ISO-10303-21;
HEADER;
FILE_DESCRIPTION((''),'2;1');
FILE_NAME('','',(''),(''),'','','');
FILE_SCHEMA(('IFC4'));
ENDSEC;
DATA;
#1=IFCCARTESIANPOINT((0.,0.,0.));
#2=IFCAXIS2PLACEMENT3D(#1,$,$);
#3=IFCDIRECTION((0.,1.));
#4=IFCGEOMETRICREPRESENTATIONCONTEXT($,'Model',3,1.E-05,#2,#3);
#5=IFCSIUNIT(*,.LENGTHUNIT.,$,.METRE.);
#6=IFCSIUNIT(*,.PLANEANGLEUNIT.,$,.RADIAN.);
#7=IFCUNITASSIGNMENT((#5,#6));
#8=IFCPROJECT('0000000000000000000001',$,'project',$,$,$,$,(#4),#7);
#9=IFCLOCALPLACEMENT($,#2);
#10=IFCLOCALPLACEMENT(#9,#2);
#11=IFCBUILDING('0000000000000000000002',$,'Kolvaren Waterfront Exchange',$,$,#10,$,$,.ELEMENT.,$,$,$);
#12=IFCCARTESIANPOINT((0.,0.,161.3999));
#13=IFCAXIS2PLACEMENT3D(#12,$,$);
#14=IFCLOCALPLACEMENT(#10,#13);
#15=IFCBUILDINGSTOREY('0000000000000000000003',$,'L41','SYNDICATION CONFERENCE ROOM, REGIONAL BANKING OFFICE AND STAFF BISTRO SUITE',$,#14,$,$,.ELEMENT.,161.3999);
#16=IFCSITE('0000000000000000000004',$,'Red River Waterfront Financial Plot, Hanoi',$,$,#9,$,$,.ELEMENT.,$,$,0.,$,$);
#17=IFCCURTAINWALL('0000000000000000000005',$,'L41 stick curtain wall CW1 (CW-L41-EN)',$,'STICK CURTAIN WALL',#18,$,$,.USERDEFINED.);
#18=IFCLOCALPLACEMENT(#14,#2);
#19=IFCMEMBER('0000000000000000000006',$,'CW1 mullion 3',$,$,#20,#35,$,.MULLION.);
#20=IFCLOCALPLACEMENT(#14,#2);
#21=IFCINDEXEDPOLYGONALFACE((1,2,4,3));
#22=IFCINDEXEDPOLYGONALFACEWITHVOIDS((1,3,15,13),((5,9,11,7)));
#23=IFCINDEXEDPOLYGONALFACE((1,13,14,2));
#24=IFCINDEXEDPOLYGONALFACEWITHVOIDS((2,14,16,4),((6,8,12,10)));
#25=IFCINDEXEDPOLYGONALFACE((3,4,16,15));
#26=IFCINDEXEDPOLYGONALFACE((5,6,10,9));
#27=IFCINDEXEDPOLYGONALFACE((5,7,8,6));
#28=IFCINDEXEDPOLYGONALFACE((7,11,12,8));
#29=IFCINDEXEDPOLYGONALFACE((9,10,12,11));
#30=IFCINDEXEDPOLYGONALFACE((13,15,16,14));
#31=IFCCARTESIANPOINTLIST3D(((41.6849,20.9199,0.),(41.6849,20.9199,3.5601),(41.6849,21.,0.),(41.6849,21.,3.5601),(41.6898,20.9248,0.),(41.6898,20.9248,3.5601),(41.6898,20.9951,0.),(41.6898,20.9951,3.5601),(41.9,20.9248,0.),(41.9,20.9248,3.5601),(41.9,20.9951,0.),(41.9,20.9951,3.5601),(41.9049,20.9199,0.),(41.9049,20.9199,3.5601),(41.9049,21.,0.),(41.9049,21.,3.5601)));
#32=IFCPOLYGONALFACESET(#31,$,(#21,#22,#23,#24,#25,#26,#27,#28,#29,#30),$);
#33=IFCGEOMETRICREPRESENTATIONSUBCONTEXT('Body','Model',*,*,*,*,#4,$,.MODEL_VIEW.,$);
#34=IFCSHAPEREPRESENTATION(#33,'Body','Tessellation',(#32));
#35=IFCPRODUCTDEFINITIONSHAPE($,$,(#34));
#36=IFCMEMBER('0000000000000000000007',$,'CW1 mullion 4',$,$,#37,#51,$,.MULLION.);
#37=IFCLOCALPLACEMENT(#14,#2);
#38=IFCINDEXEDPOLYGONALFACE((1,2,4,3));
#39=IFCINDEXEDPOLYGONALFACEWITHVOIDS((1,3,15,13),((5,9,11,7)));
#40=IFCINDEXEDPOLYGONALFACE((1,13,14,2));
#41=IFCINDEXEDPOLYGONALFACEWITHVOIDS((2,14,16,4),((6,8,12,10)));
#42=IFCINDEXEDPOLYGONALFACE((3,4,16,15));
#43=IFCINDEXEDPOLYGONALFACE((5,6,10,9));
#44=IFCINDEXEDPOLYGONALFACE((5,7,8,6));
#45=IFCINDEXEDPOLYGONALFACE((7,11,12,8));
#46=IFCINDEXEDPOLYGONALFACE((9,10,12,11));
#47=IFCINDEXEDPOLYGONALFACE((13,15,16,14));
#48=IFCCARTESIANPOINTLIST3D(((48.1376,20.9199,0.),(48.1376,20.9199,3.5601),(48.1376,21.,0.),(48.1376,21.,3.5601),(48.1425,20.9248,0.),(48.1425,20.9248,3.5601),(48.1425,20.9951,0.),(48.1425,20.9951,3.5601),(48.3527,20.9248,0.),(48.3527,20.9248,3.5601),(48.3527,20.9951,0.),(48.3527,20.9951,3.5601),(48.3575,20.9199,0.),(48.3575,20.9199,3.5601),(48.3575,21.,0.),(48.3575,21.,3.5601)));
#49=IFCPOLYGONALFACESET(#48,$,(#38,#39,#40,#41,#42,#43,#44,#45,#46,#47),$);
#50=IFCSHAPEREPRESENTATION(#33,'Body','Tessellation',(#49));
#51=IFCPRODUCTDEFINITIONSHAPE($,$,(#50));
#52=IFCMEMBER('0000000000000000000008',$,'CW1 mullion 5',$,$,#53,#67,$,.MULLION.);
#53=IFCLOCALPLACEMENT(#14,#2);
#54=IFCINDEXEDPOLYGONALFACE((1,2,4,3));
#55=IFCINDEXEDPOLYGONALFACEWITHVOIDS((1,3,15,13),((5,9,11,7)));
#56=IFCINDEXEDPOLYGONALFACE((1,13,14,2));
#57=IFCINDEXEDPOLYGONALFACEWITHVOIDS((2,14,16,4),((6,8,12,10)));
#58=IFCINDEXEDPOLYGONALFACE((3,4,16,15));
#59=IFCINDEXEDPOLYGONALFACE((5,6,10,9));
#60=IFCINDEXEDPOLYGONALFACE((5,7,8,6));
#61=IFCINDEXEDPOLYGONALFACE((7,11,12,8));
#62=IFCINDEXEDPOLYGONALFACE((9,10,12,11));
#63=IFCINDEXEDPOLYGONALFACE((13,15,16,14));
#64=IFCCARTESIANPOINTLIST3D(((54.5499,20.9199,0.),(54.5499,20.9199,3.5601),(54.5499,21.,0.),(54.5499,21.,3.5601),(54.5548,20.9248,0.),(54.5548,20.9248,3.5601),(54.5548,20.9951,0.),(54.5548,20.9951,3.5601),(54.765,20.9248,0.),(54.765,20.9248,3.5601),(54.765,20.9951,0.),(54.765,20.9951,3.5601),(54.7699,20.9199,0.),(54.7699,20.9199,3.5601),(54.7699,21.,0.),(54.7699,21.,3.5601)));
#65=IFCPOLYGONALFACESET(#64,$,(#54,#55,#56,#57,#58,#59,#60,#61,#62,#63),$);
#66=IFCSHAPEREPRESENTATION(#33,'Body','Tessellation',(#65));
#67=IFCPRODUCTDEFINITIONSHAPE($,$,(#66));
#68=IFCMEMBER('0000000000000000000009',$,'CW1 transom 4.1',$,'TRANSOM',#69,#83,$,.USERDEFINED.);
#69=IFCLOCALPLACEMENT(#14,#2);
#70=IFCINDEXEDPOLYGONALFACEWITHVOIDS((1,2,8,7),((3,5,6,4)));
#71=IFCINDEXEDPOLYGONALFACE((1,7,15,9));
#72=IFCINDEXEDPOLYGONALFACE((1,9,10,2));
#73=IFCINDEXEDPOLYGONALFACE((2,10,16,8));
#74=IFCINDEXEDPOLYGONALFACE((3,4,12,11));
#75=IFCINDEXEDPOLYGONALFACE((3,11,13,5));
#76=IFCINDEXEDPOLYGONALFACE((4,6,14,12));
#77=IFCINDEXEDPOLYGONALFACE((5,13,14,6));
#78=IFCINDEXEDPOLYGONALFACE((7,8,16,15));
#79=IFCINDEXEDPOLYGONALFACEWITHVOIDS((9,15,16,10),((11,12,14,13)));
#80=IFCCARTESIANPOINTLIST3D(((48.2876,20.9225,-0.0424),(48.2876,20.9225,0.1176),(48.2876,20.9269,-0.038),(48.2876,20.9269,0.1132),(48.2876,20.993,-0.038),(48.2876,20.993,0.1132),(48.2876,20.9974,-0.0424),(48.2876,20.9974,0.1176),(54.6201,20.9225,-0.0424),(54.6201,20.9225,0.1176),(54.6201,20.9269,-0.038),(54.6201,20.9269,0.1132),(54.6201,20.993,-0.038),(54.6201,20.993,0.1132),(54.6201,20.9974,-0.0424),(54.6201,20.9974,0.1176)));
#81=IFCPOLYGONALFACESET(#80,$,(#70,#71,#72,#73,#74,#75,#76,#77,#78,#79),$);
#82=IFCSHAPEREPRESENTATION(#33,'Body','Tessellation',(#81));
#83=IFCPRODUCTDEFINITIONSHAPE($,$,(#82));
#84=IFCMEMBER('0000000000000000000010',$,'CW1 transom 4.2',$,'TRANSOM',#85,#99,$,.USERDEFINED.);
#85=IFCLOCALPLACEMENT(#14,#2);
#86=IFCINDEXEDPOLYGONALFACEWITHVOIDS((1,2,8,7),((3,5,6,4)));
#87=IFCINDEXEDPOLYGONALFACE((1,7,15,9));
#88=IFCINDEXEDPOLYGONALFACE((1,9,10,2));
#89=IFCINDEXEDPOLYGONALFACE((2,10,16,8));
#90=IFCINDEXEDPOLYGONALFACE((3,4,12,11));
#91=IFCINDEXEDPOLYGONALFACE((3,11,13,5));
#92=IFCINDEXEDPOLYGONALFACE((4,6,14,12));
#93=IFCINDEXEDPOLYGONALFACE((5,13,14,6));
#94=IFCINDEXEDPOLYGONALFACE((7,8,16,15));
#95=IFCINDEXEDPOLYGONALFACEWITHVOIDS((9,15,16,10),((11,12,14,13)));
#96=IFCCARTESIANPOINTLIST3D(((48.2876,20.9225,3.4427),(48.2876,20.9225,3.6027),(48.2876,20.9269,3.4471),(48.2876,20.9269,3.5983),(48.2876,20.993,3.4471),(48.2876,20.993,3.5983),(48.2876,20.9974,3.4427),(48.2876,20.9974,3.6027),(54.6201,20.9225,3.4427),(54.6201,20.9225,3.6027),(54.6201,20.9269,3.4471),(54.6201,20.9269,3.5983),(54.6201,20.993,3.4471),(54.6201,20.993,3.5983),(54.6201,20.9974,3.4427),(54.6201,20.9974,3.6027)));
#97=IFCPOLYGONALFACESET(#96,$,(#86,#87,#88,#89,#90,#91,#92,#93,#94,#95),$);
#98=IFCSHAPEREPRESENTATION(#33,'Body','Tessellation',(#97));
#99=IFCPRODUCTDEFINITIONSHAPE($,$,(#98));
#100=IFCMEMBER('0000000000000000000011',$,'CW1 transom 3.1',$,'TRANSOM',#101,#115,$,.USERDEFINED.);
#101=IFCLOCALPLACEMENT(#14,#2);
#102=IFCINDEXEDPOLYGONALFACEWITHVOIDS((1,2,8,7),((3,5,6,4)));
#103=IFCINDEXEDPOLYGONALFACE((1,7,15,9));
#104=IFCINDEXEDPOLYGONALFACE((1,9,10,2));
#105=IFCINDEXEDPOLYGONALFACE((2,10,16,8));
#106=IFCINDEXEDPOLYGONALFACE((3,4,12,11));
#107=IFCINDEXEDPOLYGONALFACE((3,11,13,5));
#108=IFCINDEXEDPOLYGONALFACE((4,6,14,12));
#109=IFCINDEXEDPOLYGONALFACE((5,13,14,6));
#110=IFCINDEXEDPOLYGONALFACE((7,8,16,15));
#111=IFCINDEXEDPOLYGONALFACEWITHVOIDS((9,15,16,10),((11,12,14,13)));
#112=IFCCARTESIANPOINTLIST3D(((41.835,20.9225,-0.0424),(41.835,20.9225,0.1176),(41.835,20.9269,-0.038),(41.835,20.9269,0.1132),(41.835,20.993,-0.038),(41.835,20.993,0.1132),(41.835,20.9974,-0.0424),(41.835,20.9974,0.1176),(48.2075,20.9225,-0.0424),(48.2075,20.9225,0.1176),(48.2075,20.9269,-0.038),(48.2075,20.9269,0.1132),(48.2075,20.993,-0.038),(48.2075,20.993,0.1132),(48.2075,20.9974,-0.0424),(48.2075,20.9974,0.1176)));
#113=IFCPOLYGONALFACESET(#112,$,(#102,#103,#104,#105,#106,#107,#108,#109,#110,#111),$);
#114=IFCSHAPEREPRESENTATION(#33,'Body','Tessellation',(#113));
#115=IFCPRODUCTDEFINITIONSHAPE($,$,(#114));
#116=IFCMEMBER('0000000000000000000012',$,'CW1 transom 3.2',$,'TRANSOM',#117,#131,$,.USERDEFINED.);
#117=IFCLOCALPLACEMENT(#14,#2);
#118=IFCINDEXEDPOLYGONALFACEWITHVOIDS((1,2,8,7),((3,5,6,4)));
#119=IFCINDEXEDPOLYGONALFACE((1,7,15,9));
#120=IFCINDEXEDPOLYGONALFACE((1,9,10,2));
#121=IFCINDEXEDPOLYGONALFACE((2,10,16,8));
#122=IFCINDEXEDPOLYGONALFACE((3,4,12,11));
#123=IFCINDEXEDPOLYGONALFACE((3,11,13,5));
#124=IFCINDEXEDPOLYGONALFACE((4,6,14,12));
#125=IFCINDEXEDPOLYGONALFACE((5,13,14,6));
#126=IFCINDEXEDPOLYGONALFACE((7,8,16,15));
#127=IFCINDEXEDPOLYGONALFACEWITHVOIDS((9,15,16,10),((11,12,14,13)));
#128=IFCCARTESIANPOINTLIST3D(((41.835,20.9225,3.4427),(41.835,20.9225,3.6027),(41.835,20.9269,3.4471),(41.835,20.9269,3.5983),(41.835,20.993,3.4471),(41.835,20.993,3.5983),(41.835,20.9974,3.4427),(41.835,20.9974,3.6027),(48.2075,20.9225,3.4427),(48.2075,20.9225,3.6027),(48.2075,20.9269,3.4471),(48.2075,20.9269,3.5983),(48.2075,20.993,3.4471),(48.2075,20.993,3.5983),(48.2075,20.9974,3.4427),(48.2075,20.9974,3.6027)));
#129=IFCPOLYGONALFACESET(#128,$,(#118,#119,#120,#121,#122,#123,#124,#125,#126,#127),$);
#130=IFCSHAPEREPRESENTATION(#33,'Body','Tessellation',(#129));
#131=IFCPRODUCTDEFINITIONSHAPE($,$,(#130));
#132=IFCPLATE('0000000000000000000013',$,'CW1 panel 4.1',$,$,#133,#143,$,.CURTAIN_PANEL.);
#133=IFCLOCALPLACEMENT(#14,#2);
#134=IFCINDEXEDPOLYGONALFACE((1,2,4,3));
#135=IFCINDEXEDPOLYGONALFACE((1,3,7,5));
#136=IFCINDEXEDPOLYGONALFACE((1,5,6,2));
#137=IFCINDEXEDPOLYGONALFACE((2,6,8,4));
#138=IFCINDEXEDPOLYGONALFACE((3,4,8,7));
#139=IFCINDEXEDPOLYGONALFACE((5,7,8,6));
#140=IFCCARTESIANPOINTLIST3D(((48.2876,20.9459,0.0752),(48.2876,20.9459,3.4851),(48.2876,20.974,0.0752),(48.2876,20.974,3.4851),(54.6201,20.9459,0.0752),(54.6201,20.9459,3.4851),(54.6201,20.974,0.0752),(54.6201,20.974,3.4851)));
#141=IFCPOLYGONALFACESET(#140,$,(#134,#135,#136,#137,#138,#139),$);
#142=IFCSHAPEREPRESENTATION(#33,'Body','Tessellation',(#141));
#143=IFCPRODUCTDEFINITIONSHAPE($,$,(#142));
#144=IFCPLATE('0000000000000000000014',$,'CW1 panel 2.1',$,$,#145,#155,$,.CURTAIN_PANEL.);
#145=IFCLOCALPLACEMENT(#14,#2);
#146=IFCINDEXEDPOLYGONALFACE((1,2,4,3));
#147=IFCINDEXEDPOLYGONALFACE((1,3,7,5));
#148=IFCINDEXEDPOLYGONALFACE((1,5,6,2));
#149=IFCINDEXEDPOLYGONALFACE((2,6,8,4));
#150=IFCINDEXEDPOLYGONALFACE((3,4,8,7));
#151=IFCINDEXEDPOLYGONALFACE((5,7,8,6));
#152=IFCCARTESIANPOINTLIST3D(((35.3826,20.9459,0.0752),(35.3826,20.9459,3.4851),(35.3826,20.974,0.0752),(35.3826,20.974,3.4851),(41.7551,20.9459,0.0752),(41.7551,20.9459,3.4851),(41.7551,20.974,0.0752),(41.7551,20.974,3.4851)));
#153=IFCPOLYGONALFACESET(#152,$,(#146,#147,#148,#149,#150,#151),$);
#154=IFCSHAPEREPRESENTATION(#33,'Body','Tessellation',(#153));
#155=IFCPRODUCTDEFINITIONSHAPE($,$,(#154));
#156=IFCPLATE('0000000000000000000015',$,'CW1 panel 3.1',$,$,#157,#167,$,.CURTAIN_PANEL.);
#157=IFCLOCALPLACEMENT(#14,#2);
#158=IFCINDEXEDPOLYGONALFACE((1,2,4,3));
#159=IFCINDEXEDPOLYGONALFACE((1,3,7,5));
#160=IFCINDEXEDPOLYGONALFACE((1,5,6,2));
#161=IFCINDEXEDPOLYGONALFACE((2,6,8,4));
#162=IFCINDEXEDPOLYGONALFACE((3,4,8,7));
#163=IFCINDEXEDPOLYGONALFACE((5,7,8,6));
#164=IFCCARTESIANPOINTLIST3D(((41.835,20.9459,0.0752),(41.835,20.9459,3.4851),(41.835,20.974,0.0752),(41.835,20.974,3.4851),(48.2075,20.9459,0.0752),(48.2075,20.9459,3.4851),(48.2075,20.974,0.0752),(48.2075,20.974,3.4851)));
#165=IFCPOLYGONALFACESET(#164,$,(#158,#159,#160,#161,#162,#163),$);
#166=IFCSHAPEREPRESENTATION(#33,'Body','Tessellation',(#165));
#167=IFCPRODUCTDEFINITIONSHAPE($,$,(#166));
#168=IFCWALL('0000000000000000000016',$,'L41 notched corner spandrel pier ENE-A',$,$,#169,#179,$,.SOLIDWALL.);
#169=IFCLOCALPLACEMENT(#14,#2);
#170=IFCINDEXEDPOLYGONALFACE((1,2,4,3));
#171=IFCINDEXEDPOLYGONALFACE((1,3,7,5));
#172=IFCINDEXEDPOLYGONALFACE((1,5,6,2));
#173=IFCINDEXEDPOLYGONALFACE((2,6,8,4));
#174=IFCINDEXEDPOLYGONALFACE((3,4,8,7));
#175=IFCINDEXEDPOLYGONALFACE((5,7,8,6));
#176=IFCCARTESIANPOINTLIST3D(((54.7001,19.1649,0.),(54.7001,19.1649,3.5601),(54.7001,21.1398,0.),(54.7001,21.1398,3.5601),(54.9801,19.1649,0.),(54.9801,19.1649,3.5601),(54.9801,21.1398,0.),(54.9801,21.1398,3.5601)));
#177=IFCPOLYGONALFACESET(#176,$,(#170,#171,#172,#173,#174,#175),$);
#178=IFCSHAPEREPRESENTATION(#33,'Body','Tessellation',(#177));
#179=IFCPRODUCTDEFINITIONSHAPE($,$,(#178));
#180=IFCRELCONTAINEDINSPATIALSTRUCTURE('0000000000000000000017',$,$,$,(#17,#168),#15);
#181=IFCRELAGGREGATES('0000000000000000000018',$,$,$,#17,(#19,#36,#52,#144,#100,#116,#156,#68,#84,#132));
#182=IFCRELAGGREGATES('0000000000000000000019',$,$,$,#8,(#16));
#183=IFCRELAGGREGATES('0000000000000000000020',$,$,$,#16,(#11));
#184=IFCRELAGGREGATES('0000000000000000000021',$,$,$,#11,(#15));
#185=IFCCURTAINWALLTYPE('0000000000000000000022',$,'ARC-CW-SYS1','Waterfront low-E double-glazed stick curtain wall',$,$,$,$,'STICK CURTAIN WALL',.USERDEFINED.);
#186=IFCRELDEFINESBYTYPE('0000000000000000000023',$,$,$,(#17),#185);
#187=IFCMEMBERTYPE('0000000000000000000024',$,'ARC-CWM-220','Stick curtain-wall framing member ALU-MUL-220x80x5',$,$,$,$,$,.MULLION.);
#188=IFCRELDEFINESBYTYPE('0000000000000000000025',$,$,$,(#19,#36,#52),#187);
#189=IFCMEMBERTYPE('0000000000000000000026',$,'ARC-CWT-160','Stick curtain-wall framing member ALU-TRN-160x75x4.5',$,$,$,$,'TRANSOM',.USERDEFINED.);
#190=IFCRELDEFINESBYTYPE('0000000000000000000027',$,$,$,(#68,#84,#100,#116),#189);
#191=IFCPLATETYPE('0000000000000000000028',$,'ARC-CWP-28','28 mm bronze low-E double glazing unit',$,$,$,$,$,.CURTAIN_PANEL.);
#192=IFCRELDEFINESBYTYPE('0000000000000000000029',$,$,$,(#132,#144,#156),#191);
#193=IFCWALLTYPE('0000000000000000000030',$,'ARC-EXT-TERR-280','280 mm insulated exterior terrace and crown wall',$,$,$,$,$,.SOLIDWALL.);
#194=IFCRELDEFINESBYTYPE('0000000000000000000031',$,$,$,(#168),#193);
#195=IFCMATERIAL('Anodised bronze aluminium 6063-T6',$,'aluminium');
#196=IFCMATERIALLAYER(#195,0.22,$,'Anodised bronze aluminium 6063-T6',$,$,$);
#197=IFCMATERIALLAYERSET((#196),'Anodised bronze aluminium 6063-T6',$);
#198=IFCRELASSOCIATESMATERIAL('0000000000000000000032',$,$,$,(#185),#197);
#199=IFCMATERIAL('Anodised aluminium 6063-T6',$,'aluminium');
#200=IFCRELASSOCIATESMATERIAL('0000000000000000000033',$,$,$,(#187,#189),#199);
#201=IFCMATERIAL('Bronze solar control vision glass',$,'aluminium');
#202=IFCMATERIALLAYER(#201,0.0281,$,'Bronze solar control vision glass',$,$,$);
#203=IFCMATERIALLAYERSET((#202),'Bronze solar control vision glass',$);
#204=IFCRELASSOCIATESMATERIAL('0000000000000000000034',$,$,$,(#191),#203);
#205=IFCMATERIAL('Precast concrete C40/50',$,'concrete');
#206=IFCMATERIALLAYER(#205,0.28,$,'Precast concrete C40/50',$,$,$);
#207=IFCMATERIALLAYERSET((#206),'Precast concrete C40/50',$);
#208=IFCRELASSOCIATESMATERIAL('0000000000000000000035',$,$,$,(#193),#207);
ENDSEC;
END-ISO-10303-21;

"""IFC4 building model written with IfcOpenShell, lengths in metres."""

from ifc_helpers import new_model, si_unit, direction, frame, frame_2d, origin, origin_with_axes, origin_2d, place, context, subcontext, project, spatial, rectangle, hollow_rectangle, extrude, source, transform, mapped, material, layer, layer_set, material_profile, profile_set, type_object, element, aggregate, save


model = new_model("IFC4")

# Units and contexts
model_context = context("Model", 3, precision=1e-05, world=origin(), true_north=direction((0.0, 1.0)))
body_context = subcontext(model_context, "Body", "Model", "MODEL_VIEW")
ifc_project = project(units=[si_unit("LENGTHUNIT", "METRE"), si_unit("PLANEANGLEUNIT", "RADIAN")], contexts=[model_context])

# Site, building, storey
site_placement = place(None, origin())
site = spatial("IfcSite", under=ifc_project, at=site_placement, Name="Red River Waterfront Financial Plot, Hanoi", CompositionType="ELEMENT", RefElevation=0.0)
building_placement = place(site_placement, origin())
building = spatial("IfcBuilding", under=site, at=building_placement, Name="Kolvaren Waterfront Exchange", CompositionType="ELEMENT")
storey_placement = place(building_placement, frame((0.0, 0.0, 161.3999)))
storey = spatial("IfcBuildingStorey", under=building, at=storey_placement, Name="L41", Description="SYNDICATION CONFERENCE ROOM, REGIONAL BANKING OFFICE AND STAFF BISTRO SUITE", CompositionType="ELEMENT", Elevation=161.3999)

# Curtain wall, members, plates
ifc_material_1 = material(Name="Anodised bronze aluminium 6063-T6", Category="aluminium")
ifc_layer_1 = layer(ifc_material_1, 0.22, Name="Anodised bronze aluminium 6063-T6")
ifc_layer_set_1 = layer_set([ifc_layer_1], Name="Anodised bronze aluminium 6063-T6")
curtain_wall_type = type_object("IfcCurtainWallType", Name="ARC-CW-SYS1", Description="Waterfront low-E double-glazed stick curtain wall", ElementType="STICK CURTAIN WALL", PredefinedType="USERDEFINED", material=ifc_layer_set_1)
curtain_wall_placement = place(storey_placement, origin())
curtain_wall = element("IfcCurtainWall", 1, at=curtain_wall_placement, inside=storey, type_object=curtain_wall_type, Name="L41 stick curtain wall CW1 (CW-L41-EN)", ObjectType="STICK CURTAIN WALL", PredefinedType="USERDEFINED")
ifc_material_2 = material(Name="Anodised aluminium 6063-T6", Category="aluminium")
ifc_material_profile_1 = material_profile(ifc_material_2, hollow_rectangle(XDim=0.0801, YDim=0.22, WallThickness=0.0049, at=origin_2d()), Name="ALU-MUL-220x80x5")
ifc_profile_set_1 = profile_set([ifc_material_profile_1], Name="Anodised aluminium 6063-T6")
member_type_1 = type_object("IfcMemberType", Name="ARC-CWM-220", Description="Stick curtain-wall framing member ALU-MUL-220x80x5", PredefinedType="MULLION", material=ifc_profile_set_1)
shared_shape_1 = source(origin_with_axes(), body_context, "Body", "SweptSolid", [
    extrude(hollow_rectangle(XDim=0.0801, YDim=0.22, WallThickness=0.0049, at=origin_2d()), origin(), (0.0, 0.0, 1.0), 3.5601),
])
member_1_placement = place(storey_placement, frame((41.7949, 20.96, 0.0), z_axis=(0.0, 0.0, 1.0), x_axis=(0.0, 1.0, 0.0)))
member_1 = element("IfcMember", 2, at=member_1_placement, type_object=member_type_1, Name="CW1 mullion 3", PredefinedType="MULLION", context=body_context, shape_type="MappedRepresentation", body=[
    mapped(shared_shape_1, transform((0.0, 0.0, 0.0), x_axis=(1.0, 0.0, 0.0), y_axis=(0.0, 1.0, 0.0), z_axis=(0.0, 0.0, 1.0), scale=1.0)),
])
member_2_placement = place(storey_placement, frame((48.2476, 20.96, 0.0), z_axis=(0.0, 0.0, 1.0), x_axis=(0.0, 1.0, 0.0)))
member_2 = element("IfcMember", 3, at=member_2_placement, type_object=member_type_1, Name="CW1 mullion 4", PredefinedType="MULLION", context=body_context, shape_type="MappedRepresentation", body=[
    mapped(shared_shape_1, transform((0.0, 0.0, 0.0), x_axis=(1.0, 0.0, 0.0), y_axis=(0.0, 1.0, 0.0), z_axis=(0.0, 0.0, 1.0), scale=1.0)),
])
member_3_placement = place(storey_placement, frame((54.6599, 20.96, 0.0), z_axis=(0.0, 0.0, 1.0), x_axis=(0.0, 1.0, 0.0)))
member_3 = element("IfcMember", 4, at=member_3_placement, type_object=member_type_1, Name="CW1 mullion 5", PredefinedType="MULLION", context=body_context, shape_type="MappedRepresentation", body=[
    mapped(shared_shape_1, transform((0.0, 0.0, 0.0), x_axis=(1.0, 0.0, 0.0), y_axis=(0.0, 1.0, 0.0), z_axis=(0.0, 0.0, 1.0), scale=1.0)),
])
ifc_material_profile_2 = material_profile(ifc_material_2, hollow_rectangle(XDim=0.075, YDim=0.1599, WallThickness=0.0044, at=origin_2d()), Name="ALU-TRN-160x75x4.5")
ifc_profile_set_2 = profile_set([ifc_material_profile_2], Name="Anodised aluminium 6063-T6")
member_type_2 = type_object("IfcMemberType", Name="ARC-CWT-160", Description="Stick curtain-wall framing member ALU-TRN-160x75x4.5", ElementType="TRANSOM", PredefinedType="USERDEFINED", material=ifc_profile_set_2)
shared_shape_2 = source(origin_with_axes(), body_context, "Body", "SweptSolid", [
    extrude(hollow_rectangle(XDim=0.075, YDim=0.1599, WallThickness=0.0044, at=origin_2d()), origin(), (0.0, 0.0, 1.0), 6.3325),
])
member_4_placement = place(storey_placement, frame((48.2876, 20.96, 0.0376), z_axis=(1.0, 0.0, 0.0), x_axis=(0.0, 1.0, 0.0)))
member_4 = element("IfcMember", 5, at=member_4_placement, type_object=member_type_2, Name="CW1 transom 4.1", ObjectType="TRANSOM", PredefinedType="USERDEFINED", context=body_context, shape_type="MappedRepresentation", body=[
    mapped(shared_shape_2, transform((0.0, 0.0, 0.0), x_axis=(1.0, 0.0, 0.0), y_axis=(0.0, 1.0, 0.0), z_axis=(0.0, 0.0, 1.0), scale=1.0)),
])
member_5_placement = place(storey_placement, frame((48.2876, 20.96, 3.5227), z_axis=(1.0, 0.0, 0.0), x_axis=(0.0, 1.0, 0.0)))
member_5 = element("IfcMember", 6, at=member_5_placement, type_object=member_type_2, Name="CW1 transom 4.2", ObjectType="TRANSOM", PredefinedType="USERDEFINED", context=body_context, shape_type="MappedRepresentation", body=[
    mapped(shared_shape_2, transform((0.0, 0.0, 0.0), x_axis=(1.0, 0.0, 0.0), y_axis=(0.0, 1.0, 0.0), z_axis=(0.0, 0.0, 1.0), scale=1.0)),
])
shared_shape_3 = source(origin_with_axes(), body_context, "Body", "SweptSolid", [
    extrude(hollow_rectangle(XDim=0.075, YDim=0.1599, WallThickness=0.0044, at=origin_2d()), origin(), (0.0, 0.0, 1.0), 6.3726),
])
member_6_placement = place(storey_placement, frame((41.835, 20.96, 0.0376), z_axis=(1.0, 0.0, 0.0), x_axis=(0.0, 1.0, 0.0)))
member_6 = element("IfcMember", 7, at=member_6_placement, type_object=member_type_2, Name="CW1 transom 3.1", ObjectType="TRANSOM", PredefinedType="USERDEFINED", context=body_context, shape_type="MappedRepresentation", body=[
    mapped(shared_shape_3, transform((0.0, 0.0, 0.0), x_axis=(1.0, 0.0, 0.0), y_axis=(0.0, 1.0, 0.0), z_axis=(0.0, 0.0, 1.0), scale=1.0)),
])
member_7_placement = place(storey_placement, frame((41.835, 20.96, 3.5227), z_axis=(1.0, 0.0, 0.0), x_axis=(0.0, 1.0, 0.0)))
member_7 = element("IfcMember", 8, at=member_7_placement, type_object=member_type_2, Name="CW1 transom 3.2", ObjectType="TRANSOM", PredefinedType="USERDEFINED", context=body_context, shape_type="MappedRepresentation", body=[
    mapped(shared_shape_3, transform((0.0, 0.0, 0.0), x_axis=(1.0, 0.0, 0.0), y_axis=(0.0, 1.0, 0.0), z_axis=(0.0, 0.0, 1.0), scale=1.0)),
])
ifc_material_3 = material(Name="Bronze solar control vision glass", Category="aluminium")
ifc_layer_2 = layer(ifc_material_3, 0.0281, Name="Bronze solar control vision glass")
ifc_layer_set_2 = layer_set([ifc_layer_2], Name="Bronze solar control vision glass")
plate_type = type_object("IfcPlateType", Name="ARC-CWP-28", Description="28 mm bronze low-E double glazing unit", PredefinedType="CURTAIN_PANEL", material=ifc_layer_set_2)
shared_shape_4 = source(origin_with_axes(), body_context, "Body", "SweptSolid", [
    extrude(rectangle(XDim=6.3325, YDim=0.0281, at=origin_2d()), origin(), (0.0, 0.0, 1.0), 3.4099),
])
plate_1_placement = place(storey_placement, frame((51.4539, 20.96, 0.0752), z_axis=(0.0, 0.0, 1.0), x_axis=(1.0, 0.0, 0.0)))
plate_1 = element("IfcPlate", 9, at=plate_1_placement, type_object=plate_type, Name="CW1 panel 4.1", PredefinedType="CURTAIN_PANEL", context=body_context, shape_type="MappedRepresentation", body=[
    mapped(shared_shape_4, transform((0.0, 0.0, 0.0), x_axis=(1.0, 0.0, 0.0), y_axis=(0.0, 1.0, 0.0), z_axis=(0.0, 0.0, 1.0), scale=1.0)),
])
shared_shape_5 = source(origin_with_axes(), body_context, "Body", "SweptSolid", [
    extrude(rectangle(XDim=6.3726, YDim=0.0281, at=origin_2d()), origin(), (0.0, 0.0, 1.0), 3.4099),
])
plate_2_placement = place(storey_placement, frame((38.5688, 20.96, 0.0752), z_axis=(0.0, 0.0, 1.0), x_axis=(1.0, 0.0, 0.0)))
plate_2 = element("IfcPlate", 10, at=plate_2_placement, type_object=plate_type, Name="CW1 panel 2.1", PredefinedType="CURTAIN_PANEL", context=body_context, shape_type="MappedRepresentation", body=[
    mapped(shared_shape_5, transform((0.0, 0.0, 0.0), x_axis=(1.0, 0.0, 0.0), y_axis=(0.0, 1.0, 0.0), z_axis=(0.0, 0.0, 1.0), scale=1.0)),
])
plate_3_placement = place(storey_placement, frame((45.0212, 20.96, 0.0752), z_axis=(0.0, 0.0, 1.0), x_axis=(1.0, 0.0, 0.0)))
plate_3 = element("IfcPlate", 11, at=plate_3_placement, type_object=plate_type, Name="CW1 panel 3.1", PredefinedType="CURTAIN_PANEL", context=body_context, shape_type="MappedRepresentation", body=[
    mapped(shared_shape_5, transform((0.0, 0.0, 0.0), x_axis=(1.0, 0.0, 0.0), y_axis=(0.0, 1.0, 0.0), z_axis=(0.0, 0.0, 1.0), scale=1.0)),
])
aggregate(curtain_wall, [member_1, member_2, member_3, plate_2, member_6, member_7, plate_3, member_4, member_5, plate_1])

# Wall
ifc_material_4 = material(Name="Precast concrete C40/50", Category="concrete")
ifc_layer_3 = layer(ifc_material_4, 0.28, Name="Precast concrete C40/50")
ifc_layer_set_3 = layer_set([ifc_layer_3], Name="Precast concrete C40/50")
wall_type_1 = type_object("IfcWallType", Name="ARC-EXT-TERR-280", Description="280 mm insulated exterior terrace and crown wall", PredefinedType="SOLIDWALL", material=ifc_layer_set_3)
wall_1_placement = place(storey_placement, frame((54.8401, 19.165, 0.0), z_axis=(0.0, 0.0, 1.0), x_axis=(0.0, 1.0, 0.0)))
element("IfcWall", 12, at=wall_1_placement, inside=storey, type_object=wall_type_1, Name="L41 notched corner spandrel pier ENE-A", PredefinedType="SOLIDWALL", context=body_context, shape_type="SweptSolid", body=[
    extrude(rectangle(XDim=1.9749, YDim=0.28, at=frame_2d((0.9873, 0.0))), origin(), (0.0, 0.0, 1.0), 3.5601),
])

save(model, "model.ifc")
